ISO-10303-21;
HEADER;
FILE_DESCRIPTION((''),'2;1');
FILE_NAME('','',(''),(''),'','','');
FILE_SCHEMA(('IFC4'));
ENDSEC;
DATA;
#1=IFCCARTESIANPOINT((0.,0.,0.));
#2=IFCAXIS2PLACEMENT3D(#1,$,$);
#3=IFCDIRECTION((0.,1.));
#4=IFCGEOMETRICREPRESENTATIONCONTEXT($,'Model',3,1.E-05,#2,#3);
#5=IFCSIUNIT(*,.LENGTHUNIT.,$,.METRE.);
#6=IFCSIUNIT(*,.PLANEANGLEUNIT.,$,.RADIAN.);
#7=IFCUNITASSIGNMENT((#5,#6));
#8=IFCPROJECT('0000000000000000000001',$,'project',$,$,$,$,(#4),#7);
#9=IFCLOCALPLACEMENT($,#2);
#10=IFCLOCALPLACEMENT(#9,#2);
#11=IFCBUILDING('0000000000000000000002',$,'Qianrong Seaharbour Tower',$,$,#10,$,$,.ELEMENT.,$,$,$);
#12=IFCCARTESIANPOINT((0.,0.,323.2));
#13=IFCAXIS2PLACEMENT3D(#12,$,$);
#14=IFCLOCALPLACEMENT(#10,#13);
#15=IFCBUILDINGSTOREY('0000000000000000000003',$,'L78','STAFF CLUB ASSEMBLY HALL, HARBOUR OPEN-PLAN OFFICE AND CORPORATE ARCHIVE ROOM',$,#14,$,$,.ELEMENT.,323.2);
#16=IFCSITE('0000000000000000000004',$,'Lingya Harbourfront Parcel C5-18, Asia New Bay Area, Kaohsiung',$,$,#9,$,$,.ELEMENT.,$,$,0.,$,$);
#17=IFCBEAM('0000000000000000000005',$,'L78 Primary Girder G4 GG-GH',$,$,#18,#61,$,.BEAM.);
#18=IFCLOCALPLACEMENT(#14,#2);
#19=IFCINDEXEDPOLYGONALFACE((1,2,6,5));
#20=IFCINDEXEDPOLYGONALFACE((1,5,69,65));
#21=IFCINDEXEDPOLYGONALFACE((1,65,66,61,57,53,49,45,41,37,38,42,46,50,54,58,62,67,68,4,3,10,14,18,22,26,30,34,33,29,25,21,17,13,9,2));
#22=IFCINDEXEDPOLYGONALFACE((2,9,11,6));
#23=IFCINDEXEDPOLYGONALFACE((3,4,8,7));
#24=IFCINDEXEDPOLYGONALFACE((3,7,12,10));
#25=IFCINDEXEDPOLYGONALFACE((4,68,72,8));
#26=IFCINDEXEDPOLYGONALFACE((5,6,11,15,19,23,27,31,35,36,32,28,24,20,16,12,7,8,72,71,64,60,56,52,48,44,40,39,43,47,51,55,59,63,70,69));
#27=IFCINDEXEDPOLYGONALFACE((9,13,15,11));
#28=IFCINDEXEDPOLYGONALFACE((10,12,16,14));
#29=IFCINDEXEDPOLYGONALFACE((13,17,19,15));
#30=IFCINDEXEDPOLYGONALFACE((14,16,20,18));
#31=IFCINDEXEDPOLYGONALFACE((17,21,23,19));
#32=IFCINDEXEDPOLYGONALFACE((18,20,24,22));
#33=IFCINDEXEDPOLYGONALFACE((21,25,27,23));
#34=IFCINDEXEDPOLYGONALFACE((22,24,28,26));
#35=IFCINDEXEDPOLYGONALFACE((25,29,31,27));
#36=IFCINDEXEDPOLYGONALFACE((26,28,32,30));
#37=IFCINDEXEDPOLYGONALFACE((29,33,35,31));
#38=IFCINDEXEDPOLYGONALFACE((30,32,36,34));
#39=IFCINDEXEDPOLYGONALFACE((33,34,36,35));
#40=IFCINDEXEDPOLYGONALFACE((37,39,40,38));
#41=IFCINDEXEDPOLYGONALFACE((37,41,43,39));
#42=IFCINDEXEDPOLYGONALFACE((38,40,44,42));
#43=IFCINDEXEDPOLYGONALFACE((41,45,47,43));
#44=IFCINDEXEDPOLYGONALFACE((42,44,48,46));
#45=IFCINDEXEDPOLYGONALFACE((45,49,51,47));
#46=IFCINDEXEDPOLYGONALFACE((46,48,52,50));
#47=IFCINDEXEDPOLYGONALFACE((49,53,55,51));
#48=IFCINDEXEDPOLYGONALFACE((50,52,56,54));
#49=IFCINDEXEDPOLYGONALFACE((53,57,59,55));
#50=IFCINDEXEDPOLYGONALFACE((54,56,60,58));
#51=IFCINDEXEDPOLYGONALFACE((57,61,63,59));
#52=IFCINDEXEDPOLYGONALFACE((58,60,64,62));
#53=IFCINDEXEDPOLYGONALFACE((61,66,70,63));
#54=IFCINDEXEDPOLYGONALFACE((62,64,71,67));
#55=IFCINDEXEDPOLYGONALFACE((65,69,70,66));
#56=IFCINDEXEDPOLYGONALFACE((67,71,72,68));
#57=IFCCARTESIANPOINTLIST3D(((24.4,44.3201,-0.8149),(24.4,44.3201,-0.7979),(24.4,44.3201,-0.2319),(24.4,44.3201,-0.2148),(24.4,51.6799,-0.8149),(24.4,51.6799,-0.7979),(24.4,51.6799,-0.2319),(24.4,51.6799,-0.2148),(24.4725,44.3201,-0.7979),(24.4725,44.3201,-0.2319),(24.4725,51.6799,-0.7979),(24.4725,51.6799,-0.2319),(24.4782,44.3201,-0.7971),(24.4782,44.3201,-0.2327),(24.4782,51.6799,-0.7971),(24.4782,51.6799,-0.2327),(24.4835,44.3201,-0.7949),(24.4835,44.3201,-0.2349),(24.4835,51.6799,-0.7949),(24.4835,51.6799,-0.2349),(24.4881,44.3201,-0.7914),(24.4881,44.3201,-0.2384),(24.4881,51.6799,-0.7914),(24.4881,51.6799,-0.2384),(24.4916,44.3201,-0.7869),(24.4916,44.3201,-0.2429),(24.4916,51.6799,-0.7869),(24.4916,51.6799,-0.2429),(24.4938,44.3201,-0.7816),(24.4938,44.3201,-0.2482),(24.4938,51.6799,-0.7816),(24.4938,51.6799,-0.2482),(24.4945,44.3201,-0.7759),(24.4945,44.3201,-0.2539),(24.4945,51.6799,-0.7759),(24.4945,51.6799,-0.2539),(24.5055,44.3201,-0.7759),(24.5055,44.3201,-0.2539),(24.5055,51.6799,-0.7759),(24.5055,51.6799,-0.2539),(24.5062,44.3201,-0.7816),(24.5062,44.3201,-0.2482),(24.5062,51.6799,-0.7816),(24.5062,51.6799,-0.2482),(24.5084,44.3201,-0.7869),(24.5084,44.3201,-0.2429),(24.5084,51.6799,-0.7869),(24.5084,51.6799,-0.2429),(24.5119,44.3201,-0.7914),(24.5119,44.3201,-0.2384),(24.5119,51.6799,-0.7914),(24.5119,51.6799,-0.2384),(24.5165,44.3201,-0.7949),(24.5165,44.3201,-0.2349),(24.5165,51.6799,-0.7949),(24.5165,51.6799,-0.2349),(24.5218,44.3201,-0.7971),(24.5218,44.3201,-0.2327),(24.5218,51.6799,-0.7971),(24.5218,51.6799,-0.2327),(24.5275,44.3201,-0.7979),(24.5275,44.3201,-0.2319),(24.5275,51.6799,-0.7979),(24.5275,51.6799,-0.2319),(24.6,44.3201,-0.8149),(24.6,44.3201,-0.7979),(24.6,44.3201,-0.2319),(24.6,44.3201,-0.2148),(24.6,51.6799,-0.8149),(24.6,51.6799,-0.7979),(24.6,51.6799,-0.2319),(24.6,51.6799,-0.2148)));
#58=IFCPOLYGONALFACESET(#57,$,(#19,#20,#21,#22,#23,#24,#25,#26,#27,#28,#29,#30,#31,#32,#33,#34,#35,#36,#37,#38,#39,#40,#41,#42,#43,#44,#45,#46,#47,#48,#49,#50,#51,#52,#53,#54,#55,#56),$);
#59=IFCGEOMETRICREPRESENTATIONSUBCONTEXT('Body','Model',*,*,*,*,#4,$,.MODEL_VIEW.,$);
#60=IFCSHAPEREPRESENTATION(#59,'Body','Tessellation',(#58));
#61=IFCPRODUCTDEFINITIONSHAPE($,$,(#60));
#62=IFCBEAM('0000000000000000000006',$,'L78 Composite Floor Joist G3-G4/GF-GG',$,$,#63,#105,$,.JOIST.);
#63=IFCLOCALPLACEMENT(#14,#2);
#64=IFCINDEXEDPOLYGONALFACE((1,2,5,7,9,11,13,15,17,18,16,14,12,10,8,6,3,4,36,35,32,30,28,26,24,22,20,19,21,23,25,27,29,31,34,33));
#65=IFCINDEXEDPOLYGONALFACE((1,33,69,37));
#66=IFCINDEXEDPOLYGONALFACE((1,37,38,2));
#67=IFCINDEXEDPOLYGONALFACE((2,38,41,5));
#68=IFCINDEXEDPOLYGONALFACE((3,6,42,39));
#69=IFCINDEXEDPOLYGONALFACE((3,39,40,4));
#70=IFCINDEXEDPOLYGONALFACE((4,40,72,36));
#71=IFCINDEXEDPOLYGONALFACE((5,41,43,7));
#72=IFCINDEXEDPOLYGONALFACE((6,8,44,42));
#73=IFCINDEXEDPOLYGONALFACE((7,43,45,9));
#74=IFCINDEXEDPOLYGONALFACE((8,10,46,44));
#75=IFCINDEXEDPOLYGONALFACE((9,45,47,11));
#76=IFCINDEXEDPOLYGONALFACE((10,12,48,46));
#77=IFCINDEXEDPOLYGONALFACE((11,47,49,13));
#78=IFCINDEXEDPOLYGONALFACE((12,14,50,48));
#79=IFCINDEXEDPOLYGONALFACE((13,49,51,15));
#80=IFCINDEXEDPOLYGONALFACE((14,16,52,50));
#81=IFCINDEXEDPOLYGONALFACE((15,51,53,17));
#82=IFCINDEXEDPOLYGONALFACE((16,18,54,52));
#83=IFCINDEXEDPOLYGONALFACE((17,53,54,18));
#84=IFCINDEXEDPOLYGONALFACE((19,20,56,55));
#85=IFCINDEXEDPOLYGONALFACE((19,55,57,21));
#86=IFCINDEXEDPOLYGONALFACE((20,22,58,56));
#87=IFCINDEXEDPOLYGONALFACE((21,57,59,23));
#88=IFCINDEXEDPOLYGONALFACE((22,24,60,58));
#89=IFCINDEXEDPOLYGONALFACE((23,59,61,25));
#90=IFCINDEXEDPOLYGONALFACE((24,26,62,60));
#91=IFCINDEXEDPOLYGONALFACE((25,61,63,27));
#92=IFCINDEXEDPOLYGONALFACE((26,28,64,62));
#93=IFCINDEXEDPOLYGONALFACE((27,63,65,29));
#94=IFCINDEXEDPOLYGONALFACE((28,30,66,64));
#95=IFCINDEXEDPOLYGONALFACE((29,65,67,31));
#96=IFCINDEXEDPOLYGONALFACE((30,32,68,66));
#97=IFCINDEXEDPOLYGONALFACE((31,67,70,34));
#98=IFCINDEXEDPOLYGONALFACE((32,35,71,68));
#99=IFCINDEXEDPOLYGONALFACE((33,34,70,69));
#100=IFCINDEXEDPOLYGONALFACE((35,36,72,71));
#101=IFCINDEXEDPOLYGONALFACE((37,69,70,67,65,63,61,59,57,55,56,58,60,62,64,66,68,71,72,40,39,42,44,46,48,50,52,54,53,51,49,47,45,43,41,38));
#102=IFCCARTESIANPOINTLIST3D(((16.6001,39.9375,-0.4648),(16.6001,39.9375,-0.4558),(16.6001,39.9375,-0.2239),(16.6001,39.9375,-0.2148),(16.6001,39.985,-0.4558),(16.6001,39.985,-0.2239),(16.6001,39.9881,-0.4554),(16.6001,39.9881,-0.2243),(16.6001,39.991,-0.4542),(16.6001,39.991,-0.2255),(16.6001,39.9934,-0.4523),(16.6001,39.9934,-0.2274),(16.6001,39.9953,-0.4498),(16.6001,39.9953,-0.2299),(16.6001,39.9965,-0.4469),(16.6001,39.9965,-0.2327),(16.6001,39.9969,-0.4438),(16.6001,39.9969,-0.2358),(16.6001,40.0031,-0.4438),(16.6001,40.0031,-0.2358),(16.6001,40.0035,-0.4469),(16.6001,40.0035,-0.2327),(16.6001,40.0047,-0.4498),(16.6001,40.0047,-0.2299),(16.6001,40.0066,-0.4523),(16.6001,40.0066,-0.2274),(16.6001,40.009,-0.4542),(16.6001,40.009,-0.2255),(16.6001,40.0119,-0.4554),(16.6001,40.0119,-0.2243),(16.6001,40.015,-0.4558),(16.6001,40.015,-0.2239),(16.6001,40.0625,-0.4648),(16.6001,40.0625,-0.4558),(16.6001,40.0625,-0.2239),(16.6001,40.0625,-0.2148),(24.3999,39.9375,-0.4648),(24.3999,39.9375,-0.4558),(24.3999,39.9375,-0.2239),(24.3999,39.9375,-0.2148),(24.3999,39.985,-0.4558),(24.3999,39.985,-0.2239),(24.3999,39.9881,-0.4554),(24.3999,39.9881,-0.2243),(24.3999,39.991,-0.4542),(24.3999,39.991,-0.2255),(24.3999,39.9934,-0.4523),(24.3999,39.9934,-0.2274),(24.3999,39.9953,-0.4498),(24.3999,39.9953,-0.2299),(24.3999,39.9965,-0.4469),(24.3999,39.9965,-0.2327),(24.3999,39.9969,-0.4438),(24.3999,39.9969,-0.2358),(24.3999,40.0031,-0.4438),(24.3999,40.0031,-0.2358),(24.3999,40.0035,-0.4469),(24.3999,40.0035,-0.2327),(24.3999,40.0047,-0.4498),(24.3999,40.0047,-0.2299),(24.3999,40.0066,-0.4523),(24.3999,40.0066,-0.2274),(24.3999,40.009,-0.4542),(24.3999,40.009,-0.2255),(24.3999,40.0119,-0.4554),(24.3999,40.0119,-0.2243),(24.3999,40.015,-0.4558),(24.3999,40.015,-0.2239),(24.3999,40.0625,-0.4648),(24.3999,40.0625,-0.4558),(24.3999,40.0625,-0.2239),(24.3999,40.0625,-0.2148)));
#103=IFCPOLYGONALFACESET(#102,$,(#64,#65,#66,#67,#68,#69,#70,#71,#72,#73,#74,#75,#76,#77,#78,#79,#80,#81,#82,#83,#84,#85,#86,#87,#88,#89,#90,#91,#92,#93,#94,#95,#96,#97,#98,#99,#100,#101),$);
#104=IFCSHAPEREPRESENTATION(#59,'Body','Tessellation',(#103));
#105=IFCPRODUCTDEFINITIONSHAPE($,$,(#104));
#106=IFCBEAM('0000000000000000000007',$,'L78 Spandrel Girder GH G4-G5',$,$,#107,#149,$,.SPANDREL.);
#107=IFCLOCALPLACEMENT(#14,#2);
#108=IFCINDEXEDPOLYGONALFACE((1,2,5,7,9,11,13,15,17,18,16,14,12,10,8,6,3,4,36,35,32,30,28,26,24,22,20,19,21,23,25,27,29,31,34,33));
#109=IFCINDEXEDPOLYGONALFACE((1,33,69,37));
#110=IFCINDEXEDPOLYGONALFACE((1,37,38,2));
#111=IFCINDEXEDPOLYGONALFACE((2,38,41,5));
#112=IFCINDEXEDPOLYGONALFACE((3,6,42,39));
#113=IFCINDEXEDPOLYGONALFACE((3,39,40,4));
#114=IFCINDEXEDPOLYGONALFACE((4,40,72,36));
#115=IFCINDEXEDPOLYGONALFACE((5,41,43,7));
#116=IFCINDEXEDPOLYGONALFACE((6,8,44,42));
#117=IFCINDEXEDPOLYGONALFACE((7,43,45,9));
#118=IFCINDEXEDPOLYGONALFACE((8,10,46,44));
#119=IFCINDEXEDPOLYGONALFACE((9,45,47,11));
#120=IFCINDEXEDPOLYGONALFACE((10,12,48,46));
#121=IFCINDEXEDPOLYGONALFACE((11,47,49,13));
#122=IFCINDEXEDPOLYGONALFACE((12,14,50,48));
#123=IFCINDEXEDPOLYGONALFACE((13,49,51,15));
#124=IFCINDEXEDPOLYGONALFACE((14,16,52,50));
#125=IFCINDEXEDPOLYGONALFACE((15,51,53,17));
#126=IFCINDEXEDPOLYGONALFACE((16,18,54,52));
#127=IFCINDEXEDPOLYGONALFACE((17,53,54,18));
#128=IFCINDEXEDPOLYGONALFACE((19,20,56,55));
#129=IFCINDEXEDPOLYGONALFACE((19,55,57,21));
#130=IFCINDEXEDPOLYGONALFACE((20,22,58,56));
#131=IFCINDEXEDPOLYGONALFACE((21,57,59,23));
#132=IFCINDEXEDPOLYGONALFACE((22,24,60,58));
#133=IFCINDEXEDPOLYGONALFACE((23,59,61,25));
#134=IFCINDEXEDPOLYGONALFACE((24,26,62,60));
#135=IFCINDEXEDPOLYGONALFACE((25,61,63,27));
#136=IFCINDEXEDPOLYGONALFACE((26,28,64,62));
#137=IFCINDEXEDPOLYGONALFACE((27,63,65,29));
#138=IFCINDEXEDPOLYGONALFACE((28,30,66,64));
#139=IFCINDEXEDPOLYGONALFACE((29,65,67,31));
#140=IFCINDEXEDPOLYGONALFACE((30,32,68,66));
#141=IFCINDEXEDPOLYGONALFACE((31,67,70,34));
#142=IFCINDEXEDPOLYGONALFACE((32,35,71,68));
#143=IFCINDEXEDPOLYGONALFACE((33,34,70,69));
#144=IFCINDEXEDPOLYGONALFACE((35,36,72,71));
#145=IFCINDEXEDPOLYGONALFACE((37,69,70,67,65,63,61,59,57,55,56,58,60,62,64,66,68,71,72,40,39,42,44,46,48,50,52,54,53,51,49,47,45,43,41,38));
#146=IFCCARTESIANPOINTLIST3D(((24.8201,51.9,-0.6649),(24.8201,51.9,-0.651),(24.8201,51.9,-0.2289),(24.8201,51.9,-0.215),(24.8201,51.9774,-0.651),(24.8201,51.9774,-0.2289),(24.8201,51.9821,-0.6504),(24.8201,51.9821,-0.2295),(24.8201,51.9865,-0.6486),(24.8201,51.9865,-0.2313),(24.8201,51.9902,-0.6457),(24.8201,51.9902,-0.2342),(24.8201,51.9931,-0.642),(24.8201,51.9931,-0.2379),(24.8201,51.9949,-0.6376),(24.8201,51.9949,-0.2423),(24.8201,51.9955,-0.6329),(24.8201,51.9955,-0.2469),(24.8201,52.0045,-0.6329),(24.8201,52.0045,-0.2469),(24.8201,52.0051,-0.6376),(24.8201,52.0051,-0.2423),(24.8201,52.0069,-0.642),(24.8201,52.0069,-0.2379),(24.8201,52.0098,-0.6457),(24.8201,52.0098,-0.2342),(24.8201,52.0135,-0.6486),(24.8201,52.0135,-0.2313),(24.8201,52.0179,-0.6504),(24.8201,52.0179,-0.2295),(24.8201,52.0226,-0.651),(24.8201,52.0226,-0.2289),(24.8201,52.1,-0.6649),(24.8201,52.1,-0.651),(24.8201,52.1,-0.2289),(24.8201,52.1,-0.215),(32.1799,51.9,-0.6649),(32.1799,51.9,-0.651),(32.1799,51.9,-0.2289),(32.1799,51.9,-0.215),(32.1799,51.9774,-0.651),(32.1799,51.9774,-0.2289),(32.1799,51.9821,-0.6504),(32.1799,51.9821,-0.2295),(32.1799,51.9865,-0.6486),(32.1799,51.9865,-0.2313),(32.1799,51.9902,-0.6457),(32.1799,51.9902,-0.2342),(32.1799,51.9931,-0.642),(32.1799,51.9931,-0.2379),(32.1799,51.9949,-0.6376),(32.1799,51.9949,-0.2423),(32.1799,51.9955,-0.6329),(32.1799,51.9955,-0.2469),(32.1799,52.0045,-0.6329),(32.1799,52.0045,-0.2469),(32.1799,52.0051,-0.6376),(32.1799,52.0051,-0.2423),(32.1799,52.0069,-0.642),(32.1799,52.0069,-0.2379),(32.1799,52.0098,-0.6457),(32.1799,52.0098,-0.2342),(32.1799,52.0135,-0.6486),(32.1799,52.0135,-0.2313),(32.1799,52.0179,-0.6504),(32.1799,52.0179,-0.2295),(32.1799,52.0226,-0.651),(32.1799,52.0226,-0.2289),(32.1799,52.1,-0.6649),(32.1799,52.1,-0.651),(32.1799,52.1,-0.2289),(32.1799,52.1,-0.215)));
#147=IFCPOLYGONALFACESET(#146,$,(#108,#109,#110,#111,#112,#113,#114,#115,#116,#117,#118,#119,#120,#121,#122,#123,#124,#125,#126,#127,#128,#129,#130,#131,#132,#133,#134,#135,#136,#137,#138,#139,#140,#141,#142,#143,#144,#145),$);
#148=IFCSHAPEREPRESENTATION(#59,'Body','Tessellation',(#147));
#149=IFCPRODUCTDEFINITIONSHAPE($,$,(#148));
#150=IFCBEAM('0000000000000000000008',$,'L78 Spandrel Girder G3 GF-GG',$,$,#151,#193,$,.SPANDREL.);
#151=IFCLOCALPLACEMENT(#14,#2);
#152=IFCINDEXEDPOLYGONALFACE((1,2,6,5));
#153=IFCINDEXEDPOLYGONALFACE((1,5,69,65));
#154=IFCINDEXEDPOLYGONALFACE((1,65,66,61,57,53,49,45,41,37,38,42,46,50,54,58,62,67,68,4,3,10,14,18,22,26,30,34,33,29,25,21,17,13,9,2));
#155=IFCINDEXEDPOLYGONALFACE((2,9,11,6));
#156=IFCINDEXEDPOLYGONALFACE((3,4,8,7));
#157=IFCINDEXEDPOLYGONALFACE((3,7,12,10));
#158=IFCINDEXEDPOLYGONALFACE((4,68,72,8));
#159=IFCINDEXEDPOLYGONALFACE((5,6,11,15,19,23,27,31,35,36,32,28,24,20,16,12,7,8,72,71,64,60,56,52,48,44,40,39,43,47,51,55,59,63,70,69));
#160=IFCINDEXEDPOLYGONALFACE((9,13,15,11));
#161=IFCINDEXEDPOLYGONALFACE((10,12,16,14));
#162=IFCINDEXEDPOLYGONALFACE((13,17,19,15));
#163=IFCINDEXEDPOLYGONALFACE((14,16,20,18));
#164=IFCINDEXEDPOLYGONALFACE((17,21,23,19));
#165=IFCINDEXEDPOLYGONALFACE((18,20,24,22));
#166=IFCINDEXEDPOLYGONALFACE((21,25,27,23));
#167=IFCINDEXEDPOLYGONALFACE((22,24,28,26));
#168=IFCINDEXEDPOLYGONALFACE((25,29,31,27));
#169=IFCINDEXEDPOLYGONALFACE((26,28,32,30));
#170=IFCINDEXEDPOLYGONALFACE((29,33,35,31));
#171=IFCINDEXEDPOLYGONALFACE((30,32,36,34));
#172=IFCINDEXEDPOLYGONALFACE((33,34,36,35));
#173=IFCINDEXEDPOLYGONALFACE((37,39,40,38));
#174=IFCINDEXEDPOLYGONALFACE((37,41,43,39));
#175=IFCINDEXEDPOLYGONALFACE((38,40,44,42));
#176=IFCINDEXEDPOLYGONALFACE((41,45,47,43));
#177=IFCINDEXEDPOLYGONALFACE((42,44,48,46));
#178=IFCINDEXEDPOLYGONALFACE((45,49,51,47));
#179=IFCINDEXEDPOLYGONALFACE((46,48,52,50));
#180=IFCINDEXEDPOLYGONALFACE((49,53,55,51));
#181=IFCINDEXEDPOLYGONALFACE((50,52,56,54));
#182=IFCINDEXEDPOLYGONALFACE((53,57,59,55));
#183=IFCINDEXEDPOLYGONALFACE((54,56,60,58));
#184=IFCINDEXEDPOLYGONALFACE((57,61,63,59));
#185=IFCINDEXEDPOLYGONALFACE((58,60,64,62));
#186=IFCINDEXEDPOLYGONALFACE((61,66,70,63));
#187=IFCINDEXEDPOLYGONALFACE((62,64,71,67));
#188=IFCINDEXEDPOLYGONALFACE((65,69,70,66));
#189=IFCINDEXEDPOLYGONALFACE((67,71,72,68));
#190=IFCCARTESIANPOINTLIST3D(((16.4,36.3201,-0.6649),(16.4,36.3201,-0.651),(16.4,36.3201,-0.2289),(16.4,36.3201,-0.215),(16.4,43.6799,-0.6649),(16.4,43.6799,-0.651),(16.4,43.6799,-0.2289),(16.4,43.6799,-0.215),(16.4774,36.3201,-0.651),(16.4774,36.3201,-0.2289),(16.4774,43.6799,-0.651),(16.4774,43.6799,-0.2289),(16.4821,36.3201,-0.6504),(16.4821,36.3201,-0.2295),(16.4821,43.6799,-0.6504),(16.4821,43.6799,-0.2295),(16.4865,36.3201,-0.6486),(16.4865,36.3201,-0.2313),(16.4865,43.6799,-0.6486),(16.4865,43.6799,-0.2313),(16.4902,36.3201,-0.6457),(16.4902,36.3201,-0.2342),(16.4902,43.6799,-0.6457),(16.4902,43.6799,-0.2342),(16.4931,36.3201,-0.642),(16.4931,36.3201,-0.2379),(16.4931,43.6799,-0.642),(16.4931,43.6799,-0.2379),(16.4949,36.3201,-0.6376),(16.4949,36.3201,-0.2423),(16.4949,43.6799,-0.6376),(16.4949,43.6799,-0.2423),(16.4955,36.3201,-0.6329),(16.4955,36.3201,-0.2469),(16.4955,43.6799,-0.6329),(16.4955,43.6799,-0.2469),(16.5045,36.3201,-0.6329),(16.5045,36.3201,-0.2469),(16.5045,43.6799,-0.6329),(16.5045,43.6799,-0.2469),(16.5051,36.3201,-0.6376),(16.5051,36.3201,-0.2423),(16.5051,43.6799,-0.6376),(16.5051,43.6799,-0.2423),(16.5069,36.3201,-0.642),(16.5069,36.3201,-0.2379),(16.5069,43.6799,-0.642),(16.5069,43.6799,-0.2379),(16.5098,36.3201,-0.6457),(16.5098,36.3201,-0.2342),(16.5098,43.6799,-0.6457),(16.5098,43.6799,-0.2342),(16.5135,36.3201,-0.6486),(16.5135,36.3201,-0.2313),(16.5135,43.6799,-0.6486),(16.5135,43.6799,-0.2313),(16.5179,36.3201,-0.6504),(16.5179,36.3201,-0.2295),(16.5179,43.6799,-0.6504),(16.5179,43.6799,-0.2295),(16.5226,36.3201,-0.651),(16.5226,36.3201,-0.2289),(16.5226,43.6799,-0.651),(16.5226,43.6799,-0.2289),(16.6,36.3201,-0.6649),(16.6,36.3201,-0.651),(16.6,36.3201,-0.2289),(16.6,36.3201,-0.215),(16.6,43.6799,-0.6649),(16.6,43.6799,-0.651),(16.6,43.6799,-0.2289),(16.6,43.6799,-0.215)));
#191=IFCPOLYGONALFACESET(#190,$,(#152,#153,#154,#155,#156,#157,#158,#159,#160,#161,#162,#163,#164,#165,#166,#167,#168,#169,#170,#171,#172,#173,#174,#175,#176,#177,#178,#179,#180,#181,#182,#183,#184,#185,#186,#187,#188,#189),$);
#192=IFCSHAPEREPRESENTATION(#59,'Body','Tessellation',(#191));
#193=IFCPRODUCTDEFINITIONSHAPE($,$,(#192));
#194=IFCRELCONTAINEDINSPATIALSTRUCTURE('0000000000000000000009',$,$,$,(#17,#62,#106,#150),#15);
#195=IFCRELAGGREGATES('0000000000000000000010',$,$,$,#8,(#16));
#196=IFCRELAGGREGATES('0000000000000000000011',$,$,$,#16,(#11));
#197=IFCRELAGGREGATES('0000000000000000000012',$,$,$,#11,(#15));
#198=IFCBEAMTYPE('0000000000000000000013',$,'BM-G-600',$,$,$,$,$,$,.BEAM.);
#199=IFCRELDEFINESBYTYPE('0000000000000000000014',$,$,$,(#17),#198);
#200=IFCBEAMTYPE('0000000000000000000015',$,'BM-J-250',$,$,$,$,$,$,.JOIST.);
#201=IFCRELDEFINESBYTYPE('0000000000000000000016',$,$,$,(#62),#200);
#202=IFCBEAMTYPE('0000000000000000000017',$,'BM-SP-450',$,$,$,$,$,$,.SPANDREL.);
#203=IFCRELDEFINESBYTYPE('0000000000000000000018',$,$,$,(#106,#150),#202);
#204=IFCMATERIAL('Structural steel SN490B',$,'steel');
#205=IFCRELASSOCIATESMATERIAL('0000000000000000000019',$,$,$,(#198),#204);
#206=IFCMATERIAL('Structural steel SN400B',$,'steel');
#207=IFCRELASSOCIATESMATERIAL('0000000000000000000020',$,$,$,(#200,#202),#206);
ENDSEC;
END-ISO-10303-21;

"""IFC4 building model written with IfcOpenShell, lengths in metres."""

from ifc_helpers import new_model, si_unit, direction, frame, origin, origin_2d, place, context, subcontext, project, spatial, i_section, extrude, material, material_profile, profile_set, type_object, element, save


model = new_model("IFC4")

# Units and contexts
model_context = context("Model", 3, precision=1e-05, world=origin(), true_north=direction((0.0, 1.0)))
body_context = subcontext(model_context, "Body", "Model", "MODEL_VIEW")
ifc_project = project(units=[si_unit("LENGTHUNIT", "METRE"), si_unit("PLANEANGLEUNIT", "RADIAN")], contexts=[model_context])

# Site, building, storey
site_placement = place(None, origin())
site = spatial("IfcSite", under=ifc_project, at=site_placement, Name="Lingya Harbourfront Parcel C5-18, Asia New Bay Area, Kaohsiung", CompositionType="ELEMENT", RefElevation=0.0)
building_placement = place(site_placement, origin())
building = spatial("IfcBuilding", under=site, at=building_placement, Name="Qianrong Seaharbour Tower", CompositionType="ELEMENT")
storey_placement = place(building_placement, frame((0.0, 0.0, 323.2)))
storey = spatial("IfcBuildingStorey", under=building, at=storey_placement, Name="L78", Description="STAFF CLUB ASSEMBLY HALL, HARBOUR OPEN-PLAN OFFICE AND CORPORATE ARCHIVE ROOM", CompositionType="ELEMENT", Elevation=323.2)

# Shared definitions
ifc_material_1 = material(Name="Structural steel SN400B", Category="steel")

# Beams
ifc_material_2 = material(Name="Structural steel SN490B", Category="steel")
ifc_material_profile_1 = material_profile(ifc_material_2, i_section(OverallWidth=0.2, OverallDepth=0.6001, WebThickness=0.011, FlangeThickness=0.0171, FilletRadius=0.022, at=origin_2d()), Name="H600x200x11x17")
ifc_profile_set_1 = profile_set([ifc_material_profile_1], Name="Structural steel SN490B")
beam_type_1 = type_object("IfcBeamType", Name="BM-G-600", PredefinedType="BEAM", material=ifc_profile_set_1)
for number, where, z_axis, x_axis, name in (
    (1, (24.5, 44.3201, -0.5149), (0.0, 1.0, 0.0), (-1.0, 0.0, 0.0), "L78 Primary Girder G4 GG-GH"),
):
    element("IfcBeam", number, at=place(storey_placement, frame(where, z_axis=z_axis, x_axis=x_axis)), inside=storey, type_object=beam_type_1, Name=name, PredefinedType="BEAM", context=body_context, shape_type="SweptSolid", body=[
        extrude(i_section(OverallWidth=0.2, OverallDepth=0.6001, WebThickness=0.011, FlangeThickness=0.0171, FilletRadius=0.022, at=origin_2d()), origin(), (0.0, 0.0, 1.0), 7.3599),
    ])
ifc_material_profile_2 = material_profile(ifc_material_1, i_section(OverallWidth=0.125, OverallDepth=0.25, WebThickness=0.0061, FlangeThickness=0.009, FilletRadius=0.012, at=origin_2d()), Name="H250x125x6x9")
ifc_profile_set_2 = profile_set([ifc_material_profile_2], Name="Structural steel SN400B")
beam_type_2 = type_object("IfcBeamType", Name="BM-J-250", PredefinedType="JOIST", material=ifc_profile_set_2)
beam_1_placement = place(storey_placement, frame((16.6001, 40.0, -0.3398), z_axis=(1.0, 0.0, 0.0), x_axis=(0.0, 1.0, 0.0)))
element("IfcBeam", 2, at=beam_1_placement, inside=storey, type_object=beam_type_2, Name="L78 Composite Floor Joist G3-G4/GF-GG", PredefinedType="JOIST", context=body_context, shape_type="SweptSolid", body=[
    extrude(i_section(OverallWidth=0.125, OverallDepth=0.25, WebThickness=0.0061, FlangeThickness=0.009, FilletRadius=0.012, at=origin_2d()), origin(), (0.0, 0.0, 1.0), 7.7998),
])
ifc_material_profile_3 = material_profile(ifc_material_1, i_section(OverallWidth=0.2, OverallDepth=0.45, WebThickness=0.009, FlangeThickness=0.0139, FilletRadius=0.0181, at=origin_2d()), Name="H450x200x9x14")
ifc_profile_set_3 = profile_set([ifc_material_profile_3], Name="Structural steel SN400B")
beam_type_3 = type_object("IfcBeamType", Name="BM-SP-450", PredefinedType="SPANDREL", material=ifc_profile_set_3)
for number, where, z_axis, x_axis, name in (
    (3, (24.8201, 52.0, -0.4399), (1.0, 0.0, 0.0), (0.0, 1.0, 0.0), "L78 Spandrel Girder GH G4-G5"),
    (4, (16.5, 36.3201, -0.4399), (0.0, 1.0, 0.0), (-1.0, 0.0, 0.0), "L78 Spandrel Girder G3 GF-GG"),
):
    element("IfcBeam", number, at=place(storey_placement, frame(where, z_axis=z_axis, x_axis=x_axis)), inside=storey, type_object=beam_type_3, Name=name, PredefinedType="SPANDREL", context=body_context, shape_type="SweptSolid", body=[
        extrude(i_section(OverallWidth=0.2, OverallDepth=0.45, WebThickness=0.009, FlangeThickness=0.0139, FilletRadius=0.0181, at=origin_2d()), origin(), (0.0, 0.0, 1.0), 7.3599),
    ])

save(model, "model.ifc")
